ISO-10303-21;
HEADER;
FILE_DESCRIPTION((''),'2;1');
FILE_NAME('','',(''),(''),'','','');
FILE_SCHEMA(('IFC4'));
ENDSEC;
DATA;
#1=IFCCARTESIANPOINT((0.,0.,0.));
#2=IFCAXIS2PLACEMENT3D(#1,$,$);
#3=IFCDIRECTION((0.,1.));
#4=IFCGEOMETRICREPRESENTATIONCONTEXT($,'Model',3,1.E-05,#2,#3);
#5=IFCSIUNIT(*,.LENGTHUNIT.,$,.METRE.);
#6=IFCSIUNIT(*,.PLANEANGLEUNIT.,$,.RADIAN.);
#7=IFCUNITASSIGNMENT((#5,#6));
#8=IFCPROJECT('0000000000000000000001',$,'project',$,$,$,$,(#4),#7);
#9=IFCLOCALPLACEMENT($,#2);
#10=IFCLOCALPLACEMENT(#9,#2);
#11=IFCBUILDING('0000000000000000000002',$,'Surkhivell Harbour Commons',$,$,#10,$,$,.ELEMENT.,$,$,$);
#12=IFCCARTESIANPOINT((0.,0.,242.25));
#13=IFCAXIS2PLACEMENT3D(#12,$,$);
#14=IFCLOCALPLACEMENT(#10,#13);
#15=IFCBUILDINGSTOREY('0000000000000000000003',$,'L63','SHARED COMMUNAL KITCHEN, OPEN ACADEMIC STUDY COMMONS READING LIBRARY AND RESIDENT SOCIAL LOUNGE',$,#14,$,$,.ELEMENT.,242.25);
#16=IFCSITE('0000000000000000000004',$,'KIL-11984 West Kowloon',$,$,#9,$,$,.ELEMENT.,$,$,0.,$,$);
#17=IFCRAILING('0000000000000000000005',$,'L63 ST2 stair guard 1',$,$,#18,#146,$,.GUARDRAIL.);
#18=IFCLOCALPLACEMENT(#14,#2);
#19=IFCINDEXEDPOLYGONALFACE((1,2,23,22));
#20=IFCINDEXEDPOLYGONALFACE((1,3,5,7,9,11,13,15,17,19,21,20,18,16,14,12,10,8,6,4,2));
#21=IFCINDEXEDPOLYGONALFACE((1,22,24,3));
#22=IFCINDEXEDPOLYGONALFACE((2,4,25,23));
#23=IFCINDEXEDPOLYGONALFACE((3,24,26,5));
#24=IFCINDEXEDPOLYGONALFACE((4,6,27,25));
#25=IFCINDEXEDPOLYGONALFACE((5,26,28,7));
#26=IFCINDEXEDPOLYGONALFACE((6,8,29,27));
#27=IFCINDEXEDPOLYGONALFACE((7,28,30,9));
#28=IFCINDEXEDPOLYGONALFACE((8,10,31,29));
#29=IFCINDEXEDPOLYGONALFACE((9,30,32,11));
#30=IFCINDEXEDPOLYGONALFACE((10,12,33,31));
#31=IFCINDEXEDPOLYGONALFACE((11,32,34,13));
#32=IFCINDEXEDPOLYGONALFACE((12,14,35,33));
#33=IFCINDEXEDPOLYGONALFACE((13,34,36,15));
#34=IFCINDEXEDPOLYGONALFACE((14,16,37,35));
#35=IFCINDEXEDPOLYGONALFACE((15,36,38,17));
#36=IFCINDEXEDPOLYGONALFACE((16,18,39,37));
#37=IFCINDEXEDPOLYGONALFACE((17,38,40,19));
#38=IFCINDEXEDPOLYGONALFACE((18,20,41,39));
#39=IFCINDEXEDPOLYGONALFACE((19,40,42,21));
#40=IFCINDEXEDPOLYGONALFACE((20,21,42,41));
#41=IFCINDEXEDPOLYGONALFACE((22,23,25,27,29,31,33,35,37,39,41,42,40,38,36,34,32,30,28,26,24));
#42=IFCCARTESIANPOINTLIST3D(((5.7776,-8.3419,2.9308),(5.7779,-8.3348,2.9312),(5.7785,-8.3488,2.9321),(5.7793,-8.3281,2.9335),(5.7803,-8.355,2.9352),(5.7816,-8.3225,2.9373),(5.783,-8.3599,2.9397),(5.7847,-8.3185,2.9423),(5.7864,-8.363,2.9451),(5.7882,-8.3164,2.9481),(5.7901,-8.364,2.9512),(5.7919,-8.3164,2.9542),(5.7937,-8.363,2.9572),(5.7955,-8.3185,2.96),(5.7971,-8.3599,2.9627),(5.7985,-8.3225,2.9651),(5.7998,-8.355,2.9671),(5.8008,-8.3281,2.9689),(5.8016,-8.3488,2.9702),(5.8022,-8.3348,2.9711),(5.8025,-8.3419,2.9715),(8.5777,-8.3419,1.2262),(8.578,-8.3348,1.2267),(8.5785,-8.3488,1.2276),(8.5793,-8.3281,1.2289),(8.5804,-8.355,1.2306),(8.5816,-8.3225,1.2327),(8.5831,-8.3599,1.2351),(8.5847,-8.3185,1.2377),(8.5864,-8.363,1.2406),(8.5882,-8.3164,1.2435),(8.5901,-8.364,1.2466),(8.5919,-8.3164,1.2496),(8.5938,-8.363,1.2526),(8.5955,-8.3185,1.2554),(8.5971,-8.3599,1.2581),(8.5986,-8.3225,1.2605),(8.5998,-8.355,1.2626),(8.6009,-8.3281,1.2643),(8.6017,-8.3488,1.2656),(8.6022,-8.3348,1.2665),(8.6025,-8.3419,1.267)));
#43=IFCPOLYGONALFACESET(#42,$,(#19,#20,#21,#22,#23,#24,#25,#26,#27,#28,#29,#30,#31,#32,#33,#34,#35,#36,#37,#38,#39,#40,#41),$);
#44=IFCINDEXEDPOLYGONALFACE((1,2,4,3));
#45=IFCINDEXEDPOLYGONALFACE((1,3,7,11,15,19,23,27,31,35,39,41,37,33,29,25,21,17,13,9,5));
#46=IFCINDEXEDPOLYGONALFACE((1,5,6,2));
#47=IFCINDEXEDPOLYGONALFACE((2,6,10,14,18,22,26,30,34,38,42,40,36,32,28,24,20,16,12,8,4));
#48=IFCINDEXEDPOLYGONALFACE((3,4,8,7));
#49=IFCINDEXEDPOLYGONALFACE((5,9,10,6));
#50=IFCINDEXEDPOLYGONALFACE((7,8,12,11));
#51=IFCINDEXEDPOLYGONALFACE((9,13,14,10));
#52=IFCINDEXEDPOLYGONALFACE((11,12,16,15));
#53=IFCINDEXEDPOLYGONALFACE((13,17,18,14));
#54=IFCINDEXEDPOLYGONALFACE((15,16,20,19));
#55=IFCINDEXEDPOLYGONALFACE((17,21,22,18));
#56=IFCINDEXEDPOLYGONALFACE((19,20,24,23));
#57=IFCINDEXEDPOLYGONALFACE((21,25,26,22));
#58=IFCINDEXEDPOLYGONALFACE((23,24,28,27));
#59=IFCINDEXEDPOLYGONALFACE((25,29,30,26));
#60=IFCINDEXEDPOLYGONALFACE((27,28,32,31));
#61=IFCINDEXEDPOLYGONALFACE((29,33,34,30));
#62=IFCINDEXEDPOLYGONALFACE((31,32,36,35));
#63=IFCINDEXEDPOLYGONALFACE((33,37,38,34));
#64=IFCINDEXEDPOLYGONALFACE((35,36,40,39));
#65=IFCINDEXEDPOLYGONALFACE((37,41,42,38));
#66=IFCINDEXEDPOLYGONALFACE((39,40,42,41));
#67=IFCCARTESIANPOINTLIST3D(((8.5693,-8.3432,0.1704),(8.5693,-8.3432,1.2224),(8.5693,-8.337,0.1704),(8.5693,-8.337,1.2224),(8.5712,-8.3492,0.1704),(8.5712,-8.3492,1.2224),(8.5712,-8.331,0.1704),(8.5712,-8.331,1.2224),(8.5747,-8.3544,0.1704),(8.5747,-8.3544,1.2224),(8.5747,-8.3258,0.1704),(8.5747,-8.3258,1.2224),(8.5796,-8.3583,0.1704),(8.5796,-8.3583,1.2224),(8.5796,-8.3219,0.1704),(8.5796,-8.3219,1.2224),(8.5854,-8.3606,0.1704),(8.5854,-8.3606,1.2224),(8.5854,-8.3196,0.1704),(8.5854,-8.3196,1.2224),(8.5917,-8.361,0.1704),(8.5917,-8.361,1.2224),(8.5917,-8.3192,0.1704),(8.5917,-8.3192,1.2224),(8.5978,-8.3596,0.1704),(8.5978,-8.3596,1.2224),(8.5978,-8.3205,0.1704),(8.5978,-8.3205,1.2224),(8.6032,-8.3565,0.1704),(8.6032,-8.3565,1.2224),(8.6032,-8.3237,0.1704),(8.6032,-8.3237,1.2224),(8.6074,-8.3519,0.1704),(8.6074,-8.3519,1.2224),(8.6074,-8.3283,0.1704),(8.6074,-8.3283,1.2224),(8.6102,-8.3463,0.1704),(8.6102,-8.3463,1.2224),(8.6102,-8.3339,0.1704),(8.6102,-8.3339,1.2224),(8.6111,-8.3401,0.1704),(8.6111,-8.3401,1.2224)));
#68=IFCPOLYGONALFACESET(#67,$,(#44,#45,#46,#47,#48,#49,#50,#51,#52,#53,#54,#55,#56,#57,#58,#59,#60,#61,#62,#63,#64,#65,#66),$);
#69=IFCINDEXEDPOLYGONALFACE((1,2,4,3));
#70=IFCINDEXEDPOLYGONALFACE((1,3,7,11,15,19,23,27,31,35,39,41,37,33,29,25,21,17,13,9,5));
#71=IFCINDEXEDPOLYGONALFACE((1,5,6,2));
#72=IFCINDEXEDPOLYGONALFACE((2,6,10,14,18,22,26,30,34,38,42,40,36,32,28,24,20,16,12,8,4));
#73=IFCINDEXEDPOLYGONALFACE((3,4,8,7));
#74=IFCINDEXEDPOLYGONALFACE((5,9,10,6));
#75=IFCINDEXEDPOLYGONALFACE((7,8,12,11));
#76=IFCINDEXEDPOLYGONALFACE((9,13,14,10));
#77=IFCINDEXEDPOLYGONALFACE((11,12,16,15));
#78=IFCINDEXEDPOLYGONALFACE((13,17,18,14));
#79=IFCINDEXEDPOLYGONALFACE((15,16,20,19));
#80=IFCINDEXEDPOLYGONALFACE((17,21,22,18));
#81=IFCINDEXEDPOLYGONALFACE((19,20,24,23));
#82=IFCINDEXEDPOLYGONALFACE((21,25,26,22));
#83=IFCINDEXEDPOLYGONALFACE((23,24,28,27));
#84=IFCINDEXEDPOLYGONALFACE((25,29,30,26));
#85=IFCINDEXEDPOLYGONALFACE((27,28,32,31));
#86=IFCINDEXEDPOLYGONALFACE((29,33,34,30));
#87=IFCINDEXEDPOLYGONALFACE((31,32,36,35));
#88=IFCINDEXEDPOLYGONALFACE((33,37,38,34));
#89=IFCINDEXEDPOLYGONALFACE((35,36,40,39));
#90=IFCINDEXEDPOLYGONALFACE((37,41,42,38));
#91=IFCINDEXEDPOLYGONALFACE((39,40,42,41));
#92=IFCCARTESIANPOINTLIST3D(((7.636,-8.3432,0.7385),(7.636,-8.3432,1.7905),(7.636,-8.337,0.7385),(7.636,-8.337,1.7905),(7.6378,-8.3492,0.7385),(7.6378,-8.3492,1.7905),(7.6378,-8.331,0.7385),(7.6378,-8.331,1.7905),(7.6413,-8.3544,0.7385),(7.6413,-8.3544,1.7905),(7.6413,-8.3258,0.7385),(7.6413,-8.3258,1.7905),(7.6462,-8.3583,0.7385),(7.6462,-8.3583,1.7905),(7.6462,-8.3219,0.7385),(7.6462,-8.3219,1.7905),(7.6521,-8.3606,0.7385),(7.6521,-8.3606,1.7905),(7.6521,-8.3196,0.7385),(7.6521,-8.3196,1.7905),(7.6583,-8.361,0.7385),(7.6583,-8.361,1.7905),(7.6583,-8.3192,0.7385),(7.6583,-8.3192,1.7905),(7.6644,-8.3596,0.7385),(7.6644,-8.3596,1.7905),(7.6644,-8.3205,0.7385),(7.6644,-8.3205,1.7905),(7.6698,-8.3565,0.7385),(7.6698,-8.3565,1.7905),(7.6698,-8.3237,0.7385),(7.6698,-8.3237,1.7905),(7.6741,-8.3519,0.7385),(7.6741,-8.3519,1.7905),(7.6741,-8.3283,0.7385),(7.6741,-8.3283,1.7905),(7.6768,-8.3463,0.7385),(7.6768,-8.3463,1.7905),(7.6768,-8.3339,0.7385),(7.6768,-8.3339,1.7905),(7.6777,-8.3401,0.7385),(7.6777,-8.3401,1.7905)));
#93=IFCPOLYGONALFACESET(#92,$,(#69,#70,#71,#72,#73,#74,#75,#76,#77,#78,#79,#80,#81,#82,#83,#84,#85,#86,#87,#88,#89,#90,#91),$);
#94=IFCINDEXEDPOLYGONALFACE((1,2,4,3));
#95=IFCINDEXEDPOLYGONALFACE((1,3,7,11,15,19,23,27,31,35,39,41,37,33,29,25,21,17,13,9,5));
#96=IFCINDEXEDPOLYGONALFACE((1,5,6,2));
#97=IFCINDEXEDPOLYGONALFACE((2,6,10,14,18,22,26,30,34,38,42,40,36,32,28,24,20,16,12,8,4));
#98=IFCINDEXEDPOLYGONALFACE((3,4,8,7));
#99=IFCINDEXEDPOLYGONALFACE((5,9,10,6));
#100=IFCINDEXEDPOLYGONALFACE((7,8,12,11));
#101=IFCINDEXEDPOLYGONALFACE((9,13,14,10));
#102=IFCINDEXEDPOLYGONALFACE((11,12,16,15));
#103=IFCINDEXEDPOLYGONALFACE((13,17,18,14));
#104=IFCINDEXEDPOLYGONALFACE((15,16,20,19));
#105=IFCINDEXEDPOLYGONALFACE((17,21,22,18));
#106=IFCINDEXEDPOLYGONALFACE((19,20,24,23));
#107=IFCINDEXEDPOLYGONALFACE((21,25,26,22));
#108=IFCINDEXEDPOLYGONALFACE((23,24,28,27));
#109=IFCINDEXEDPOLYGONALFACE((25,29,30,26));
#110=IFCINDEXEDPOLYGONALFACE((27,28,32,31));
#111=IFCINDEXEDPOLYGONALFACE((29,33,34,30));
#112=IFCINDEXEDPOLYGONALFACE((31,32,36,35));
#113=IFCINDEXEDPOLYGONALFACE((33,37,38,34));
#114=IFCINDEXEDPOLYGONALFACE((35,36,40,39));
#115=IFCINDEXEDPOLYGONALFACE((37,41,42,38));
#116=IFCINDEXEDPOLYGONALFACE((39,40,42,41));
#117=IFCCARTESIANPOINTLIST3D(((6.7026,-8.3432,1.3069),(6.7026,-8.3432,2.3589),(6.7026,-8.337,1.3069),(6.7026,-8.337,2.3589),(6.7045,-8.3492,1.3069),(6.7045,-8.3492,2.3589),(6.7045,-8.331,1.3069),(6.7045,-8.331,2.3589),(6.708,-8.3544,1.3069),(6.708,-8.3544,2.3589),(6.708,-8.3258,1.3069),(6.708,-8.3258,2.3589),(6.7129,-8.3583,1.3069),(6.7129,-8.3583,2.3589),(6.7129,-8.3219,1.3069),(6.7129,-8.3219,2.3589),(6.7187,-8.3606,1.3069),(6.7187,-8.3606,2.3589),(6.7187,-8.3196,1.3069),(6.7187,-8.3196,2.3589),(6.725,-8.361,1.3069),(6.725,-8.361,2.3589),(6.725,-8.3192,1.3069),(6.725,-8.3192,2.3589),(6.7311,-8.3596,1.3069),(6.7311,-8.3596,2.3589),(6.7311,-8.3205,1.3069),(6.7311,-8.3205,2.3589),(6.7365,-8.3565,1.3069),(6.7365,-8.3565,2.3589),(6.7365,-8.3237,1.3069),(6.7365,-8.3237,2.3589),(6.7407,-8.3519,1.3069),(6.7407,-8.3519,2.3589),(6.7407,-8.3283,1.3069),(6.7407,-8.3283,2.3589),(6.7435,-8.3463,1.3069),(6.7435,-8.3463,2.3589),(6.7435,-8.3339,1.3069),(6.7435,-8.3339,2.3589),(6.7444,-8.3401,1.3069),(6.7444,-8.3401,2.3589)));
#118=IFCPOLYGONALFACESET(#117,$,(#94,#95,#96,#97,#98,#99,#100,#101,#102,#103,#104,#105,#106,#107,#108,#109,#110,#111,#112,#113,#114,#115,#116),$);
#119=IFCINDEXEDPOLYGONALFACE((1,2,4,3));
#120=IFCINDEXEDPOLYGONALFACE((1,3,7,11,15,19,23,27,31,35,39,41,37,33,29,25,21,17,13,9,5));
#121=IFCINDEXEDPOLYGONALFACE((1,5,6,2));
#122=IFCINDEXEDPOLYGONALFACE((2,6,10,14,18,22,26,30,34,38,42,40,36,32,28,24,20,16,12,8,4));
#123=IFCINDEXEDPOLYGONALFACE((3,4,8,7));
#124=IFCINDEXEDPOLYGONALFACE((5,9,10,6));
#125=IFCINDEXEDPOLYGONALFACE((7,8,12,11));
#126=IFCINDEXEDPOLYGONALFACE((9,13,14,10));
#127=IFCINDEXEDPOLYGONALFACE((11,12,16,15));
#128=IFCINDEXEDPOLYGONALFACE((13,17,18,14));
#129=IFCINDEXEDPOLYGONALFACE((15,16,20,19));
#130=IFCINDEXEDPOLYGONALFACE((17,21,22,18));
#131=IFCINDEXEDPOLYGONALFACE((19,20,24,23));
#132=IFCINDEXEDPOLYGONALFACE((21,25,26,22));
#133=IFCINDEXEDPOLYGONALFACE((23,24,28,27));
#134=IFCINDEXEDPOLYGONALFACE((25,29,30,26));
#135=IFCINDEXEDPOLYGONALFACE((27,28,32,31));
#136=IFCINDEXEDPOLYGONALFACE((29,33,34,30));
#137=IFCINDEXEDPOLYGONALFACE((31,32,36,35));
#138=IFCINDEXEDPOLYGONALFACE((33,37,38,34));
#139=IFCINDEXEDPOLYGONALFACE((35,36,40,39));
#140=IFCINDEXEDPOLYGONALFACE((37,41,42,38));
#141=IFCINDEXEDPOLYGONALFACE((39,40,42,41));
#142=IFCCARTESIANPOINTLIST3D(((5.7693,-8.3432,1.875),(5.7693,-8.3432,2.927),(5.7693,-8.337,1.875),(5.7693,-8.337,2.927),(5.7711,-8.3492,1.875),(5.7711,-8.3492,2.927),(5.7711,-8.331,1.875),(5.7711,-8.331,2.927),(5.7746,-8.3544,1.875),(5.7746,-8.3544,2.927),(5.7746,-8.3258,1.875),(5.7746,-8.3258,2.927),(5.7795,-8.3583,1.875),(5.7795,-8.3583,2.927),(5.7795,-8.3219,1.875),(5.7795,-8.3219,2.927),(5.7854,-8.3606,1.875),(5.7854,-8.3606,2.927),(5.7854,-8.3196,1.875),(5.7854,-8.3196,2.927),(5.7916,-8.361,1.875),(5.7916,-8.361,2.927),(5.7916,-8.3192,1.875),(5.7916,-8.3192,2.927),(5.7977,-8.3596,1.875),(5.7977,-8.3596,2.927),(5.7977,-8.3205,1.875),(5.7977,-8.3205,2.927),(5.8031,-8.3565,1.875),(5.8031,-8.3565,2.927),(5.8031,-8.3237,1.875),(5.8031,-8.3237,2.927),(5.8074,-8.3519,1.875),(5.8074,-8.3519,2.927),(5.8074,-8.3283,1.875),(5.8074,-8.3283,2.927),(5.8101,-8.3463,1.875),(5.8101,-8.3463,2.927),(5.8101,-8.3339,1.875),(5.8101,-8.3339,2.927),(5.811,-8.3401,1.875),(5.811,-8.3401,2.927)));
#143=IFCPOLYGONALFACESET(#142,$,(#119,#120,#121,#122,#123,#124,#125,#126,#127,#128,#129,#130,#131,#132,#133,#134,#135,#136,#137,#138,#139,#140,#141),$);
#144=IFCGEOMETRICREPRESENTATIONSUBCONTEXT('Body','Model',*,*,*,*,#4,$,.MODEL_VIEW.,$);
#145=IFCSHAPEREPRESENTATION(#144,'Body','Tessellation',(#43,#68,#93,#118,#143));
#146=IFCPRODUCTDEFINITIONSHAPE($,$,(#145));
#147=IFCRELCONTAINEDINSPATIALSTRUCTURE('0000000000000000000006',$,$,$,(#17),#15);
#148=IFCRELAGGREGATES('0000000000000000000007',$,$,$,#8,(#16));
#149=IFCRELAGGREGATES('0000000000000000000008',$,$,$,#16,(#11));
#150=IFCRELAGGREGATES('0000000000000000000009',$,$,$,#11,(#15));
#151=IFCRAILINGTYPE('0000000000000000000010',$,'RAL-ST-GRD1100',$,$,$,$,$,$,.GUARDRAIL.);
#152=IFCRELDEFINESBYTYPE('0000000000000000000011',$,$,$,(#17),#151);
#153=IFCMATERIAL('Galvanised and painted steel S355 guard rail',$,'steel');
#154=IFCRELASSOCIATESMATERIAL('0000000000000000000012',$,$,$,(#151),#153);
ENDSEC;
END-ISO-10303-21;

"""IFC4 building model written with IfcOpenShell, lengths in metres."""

from ifc_helpers import new_model, si_unit, direction, frame, origin, origin_2d, place, context, subcontext, project, spatial, circle, extrude, material, type_object, element, save


model = new_model("IFC4")

# Units and contexts
model_context = context("Model", 3, precision=1e-05, world=origin(), true_north=direction((0.0, 1.0)))
body_context = subcontext(model_context, "Body", "Model", "MODEL_VIEW")
ifc_project = project(units=[si_unit("LENGTHUNIT", "METRE"), si_unit("PLANEANGLEUNIT", "RADIAN")], contexts=[model_context])

# Site, building, storey
site_placement = place(None, origin())
site = spatial("IfcSite", under=ifc_project, at=site_placement, Name="KIL-11984 West Kowloon", CompositionType="ELEMENT", RefElevation=0.0)
building_placement = place(site_placement, origin())
building = spatial("IfcBuilding", under=site, at=building_placement, Name="Surkhivell Harbour Commons", CompositionType="ELEMENT")
storey_placement = place(building_placement, frame((0.0, 0.0, 242.25)))
storey = spatial("IfcBuildingStorey", under=building, at=storey_placement, Name="L63", Description="SHARED COMMUNAL KITCHEN, OPEN ACADEMIC STUDY COMMONS READING LIBRARY AND RESIDENT SOCIAL LOUNGE", CompositionType="ELEMENT", Elevation=242.25)

# Railing
ifc_material_1 = material(Name="Galvanised and painted steel S355 guard rail", Category="steel")
railing_type = type_object("IfcRailingType", Name="RAL-ST-GRD1100", PredefinedType="GUARDRAIL", material=ifc_material_1)
railing_1_placement = place(storey_placement, frame((8.5901, -8.3401, 0.1704)))
element("IfcRailing", 1, at=railing_1_placement, inside=storey, type_object=railing_type, Name="L63 ST2 stair guard 1", PredefinedType="GUARDRAIL", context=body_context, shape_type="SweptSolid", body=[
    extrude(circle(Radius=0.0239, at=origin_2d()), frame((0.0, 0.0, 1.0762), z_axis=(-0.85417, 0.0, 0.519994), x_axis=(0.0, -1.0, 0.0)), (0.0, 0.0, 1.0), 3.2781),
    extrude(circle(Radius=0.021, at=origin_2d()), origin(), (0.0, 0.0, 1.0), 1.052),
    extrude(circle(Radius=0.021, at=origin_2d()), frame((-0.9333, 0.0, 0.5681)), (0.0, 0.0, 1.0), 1.052),
    extrude(circle(Radius=0.021, at=origin_2d()), frame((-1.8667, 0.0, 1.1365)), (0.0, 0.0, 1.0), 1.052),
    extrude(circle(Radius=0.021, at=origin_2d()), frame((-2.8, 0.0, 1.7046)), (0.0, 0.0, 1.0), 1.052),
])

save(model, "model.ifc")
